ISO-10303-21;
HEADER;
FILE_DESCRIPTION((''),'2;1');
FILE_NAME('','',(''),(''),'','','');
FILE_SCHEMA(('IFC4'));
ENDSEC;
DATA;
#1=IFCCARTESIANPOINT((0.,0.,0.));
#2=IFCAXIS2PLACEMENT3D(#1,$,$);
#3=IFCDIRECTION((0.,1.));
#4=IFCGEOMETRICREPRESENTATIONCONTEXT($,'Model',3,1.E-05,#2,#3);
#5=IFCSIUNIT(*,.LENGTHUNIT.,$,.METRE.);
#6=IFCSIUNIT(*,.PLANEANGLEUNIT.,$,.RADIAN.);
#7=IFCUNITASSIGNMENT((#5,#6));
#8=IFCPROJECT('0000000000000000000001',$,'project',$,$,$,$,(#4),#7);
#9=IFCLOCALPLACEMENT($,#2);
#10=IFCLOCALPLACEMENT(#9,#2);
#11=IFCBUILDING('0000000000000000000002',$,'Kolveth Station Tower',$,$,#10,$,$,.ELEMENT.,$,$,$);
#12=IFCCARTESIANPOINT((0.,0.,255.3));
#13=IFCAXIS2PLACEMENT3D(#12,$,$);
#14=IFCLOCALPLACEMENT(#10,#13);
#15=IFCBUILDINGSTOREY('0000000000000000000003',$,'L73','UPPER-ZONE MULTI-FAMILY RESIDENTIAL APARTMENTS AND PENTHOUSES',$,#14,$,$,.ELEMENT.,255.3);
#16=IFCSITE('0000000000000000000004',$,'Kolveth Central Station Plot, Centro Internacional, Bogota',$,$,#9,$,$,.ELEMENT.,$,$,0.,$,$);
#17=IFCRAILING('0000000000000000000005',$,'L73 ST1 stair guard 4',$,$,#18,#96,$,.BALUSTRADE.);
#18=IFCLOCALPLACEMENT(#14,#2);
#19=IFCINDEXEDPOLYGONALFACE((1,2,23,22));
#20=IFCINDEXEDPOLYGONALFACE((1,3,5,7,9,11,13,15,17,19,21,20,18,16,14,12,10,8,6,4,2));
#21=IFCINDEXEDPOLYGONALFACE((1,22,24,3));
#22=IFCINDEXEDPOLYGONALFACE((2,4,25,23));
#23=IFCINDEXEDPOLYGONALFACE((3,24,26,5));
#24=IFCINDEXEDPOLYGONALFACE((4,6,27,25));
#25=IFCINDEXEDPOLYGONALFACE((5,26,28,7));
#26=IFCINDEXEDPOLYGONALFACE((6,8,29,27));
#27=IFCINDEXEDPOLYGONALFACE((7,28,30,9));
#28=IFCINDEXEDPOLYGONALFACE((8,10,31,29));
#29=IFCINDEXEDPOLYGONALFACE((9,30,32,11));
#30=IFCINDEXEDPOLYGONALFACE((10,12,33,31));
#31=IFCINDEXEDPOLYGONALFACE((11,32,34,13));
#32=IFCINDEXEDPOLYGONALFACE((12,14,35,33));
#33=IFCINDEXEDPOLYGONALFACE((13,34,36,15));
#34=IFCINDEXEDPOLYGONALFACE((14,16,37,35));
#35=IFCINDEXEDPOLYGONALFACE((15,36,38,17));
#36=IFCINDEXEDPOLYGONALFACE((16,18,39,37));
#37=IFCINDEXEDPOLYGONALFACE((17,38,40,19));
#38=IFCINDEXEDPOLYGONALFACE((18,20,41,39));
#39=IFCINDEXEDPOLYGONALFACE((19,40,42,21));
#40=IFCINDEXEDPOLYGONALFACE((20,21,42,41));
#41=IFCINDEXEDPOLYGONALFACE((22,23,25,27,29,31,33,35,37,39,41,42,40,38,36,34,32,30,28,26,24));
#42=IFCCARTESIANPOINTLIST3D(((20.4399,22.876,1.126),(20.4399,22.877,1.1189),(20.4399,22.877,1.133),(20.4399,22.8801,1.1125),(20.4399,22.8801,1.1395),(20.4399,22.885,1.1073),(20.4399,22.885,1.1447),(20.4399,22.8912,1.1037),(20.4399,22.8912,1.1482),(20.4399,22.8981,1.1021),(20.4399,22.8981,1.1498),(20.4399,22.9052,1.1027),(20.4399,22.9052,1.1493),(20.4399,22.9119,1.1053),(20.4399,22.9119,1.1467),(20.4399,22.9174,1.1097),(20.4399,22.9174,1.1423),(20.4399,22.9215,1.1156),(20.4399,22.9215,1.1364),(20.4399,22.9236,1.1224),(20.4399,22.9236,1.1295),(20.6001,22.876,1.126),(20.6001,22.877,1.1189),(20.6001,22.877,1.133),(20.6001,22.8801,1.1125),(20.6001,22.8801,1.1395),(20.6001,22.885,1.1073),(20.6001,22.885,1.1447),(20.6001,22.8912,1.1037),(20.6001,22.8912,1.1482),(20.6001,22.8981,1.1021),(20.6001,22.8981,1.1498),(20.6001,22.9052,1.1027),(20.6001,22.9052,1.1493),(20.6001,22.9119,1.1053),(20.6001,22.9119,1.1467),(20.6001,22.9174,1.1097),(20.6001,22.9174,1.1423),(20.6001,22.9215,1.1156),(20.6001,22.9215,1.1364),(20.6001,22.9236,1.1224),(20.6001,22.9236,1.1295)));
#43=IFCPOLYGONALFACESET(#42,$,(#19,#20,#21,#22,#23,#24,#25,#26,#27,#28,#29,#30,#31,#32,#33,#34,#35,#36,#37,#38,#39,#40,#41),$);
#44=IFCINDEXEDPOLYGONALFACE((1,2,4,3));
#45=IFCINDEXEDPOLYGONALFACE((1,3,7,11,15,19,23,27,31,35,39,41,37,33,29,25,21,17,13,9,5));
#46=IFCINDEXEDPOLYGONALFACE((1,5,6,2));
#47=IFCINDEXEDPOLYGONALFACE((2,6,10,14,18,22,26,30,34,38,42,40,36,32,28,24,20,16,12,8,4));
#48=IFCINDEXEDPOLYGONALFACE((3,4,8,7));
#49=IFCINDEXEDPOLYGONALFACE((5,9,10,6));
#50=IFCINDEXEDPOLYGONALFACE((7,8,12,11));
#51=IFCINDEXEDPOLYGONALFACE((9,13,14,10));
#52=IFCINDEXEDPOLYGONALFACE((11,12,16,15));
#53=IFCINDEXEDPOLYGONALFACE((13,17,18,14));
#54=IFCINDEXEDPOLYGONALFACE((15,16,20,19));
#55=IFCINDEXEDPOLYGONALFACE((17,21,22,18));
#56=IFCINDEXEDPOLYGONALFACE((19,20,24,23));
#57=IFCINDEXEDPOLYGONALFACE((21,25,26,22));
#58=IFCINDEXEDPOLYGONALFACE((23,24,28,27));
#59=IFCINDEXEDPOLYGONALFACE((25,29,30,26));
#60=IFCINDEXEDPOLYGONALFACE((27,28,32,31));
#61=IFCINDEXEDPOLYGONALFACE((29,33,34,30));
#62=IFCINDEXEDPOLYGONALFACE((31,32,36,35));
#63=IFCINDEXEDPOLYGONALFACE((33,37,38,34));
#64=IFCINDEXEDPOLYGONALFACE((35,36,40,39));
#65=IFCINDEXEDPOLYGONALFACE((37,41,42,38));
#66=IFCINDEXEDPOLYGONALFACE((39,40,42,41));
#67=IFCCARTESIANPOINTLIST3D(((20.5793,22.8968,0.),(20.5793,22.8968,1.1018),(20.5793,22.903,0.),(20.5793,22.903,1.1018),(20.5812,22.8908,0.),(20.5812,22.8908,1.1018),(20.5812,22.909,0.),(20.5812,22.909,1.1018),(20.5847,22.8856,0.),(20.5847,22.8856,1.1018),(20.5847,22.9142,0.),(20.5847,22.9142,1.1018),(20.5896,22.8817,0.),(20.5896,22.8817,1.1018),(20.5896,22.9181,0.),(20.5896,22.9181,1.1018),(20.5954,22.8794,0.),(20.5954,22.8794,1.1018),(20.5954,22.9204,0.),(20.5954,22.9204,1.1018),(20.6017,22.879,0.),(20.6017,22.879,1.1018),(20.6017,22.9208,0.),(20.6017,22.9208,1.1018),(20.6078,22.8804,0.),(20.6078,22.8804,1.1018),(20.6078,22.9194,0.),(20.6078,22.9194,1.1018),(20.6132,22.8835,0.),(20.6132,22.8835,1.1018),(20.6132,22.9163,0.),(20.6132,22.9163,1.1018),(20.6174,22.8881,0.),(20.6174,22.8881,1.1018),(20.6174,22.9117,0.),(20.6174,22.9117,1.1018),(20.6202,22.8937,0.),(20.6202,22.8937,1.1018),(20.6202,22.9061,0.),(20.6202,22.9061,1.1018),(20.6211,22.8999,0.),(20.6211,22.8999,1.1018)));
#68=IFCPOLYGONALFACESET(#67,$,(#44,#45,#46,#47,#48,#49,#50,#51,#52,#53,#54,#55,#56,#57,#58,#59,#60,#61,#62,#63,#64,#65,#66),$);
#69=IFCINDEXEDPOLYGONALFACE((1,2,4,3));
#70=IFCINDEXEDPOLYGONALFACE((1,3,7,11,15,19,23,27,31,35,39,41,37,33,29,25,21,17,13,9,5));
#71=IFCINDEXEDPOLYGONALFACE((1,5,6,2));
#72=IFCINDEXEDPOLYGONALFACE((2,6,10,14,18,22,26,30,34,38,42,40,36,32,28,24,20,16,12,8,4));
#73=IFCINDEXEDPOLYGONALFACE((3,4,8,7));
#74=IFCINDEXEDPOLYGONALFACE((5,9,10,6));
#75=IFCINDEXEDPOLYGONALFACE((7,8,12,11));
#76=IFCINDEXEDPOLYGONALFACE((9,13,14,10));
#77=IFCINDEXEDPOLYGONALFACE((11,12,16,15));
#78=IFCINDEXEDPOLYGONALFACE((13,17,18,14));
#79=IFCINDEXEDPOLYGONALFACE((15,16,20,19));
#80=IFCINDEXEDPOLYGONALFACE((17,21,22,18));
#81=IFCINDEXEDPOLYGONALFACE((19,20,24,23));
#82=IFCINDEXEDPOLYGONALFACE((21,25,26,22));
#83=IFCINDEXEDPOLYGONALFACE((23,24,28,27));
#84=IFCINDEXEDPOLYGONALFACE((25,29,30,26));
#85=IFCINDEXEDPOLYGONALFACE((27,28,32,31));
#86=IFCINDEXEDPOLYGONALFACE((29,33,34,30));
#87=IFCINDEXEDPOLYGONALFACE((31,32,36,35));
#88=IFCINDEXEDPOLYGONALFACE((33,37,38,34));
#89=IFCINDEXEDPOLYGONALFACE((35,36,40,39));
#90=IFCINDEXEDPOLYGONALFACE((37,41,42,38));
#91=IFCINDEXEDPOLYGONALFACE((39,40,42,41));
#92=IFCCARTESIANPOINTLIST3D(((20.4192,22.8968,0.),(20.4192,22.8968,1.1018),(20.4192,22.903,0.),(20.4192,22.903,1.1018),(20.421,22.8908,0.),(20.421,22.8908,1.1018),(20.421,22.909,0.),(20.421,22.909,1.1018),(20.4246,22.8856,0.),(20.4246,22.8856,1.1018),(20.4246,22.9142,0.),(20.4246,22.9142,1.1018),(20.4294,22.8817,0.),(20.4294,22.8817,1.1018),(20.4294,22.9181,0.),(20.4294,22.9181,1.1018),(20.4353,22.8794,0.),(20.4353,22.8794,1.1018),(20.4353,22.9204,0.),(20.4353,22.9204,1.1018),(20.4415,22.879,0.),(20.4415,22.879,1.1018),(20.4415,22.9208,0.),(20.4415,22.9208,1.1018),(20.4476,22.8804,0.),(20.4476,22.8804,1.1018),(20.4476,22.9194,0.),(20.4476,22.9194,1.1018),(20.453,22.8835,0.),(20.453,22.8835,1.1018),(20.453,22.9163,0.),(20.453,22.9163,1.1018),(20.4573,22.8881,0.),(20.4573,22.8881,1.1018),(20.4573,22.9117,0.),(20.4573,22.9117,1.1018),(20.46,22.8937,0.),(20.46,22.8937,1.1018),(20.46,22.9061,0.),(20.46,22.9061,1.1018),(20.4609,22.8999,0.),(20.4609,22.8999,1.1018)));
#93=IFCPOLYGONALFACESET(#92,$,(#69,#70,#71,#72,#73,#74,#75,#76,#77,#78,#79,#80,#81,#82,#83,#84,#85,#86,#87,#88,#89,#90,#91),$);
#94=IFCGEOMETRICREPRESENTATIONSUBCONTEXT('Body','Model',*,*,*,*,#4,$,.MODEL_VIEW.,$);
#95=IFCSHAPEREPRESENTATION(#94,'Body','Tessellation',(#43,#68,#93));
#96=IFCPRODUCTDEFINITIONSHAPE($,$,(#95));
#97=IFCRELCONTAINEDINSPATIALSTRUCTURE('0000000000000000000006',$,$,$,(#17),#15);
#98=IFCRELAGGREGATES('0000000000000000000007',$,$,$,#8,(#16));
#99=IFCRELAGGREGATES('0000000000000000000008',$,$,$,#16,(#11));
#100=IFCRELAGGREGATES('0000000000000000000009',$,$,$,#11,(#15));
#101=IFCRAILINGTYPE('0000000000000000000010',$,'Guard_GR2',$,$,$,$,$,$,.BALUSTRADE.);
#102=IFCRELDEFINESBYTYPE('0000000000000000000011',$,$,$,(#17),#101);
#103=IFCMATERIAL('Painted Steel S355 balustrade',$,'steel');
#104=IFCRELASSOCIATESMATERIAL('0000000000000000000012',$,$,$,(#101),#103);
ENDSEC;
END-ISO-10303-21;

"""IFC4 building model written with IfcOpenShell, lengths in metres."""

from ifc_helpers import new_model, si_unit, direction, frame, origin, origin_2d, place, context, subcontext, project, spatial, circle, extrude, material, type_object, element, save


model = new_model("IFC4")

# Units and contexts
model_context = context("Model", 3, precision=1e-05, world=origin(), true_north=direction((0.0, 1.0)))
body_context = subcontext(model_context, "Body", "Model", "MODEL_VIEW")
ifc_project = project(units=[si_unit("LENGTHUNIT", "METRE"), si_unit("PLANEANGLEUNIT", "RADIAN")], contexts=[model_context])

# Site, building, storey
site_placement = place(None, origin())
site = spatial("IfcSite", under=ifc_project, at=site_placement, Name="Kolveth Central Station Plot, Centro Internacional, Bogota", CompositionType="ELEMENT", RefElevation=0.0)
building_placement = place(site_placement, origin())
building = spatial("IfcBuilding", under=site, at=building_placement, Name="Kolveth Station Tower", CompositionType="ELEMENT")
storey_placement = place(building_placement, frame((0.0, 0.0, 255.3)))
storey = spatial("IfcBuildingStorey", under=building, at=storey_placement, Name="L73", Description="UPPER-ZONE MULTI-FAMILY RESIDENTIAL APARTMENTS AND PENTHOUSES", CompositionType="ELEMENT", Elevation=255.3)

# Railing
ifc_material_1 = material(Name="Painted Steel S355 balustrade", Category="steel")
railing_type_1 = type_object("IfcRailingType", Name="Guard_GR2", PredefinedType="BALUSTRADE", material=ifc_material_1)
railing_1_placement = place(storey_placement, frame((20.6001, 22.8999, 0.0)))
element("IfcRailing", 1, at=railing_1_placement, inside=storey, type_object=railing_type_1, Name="L73 ST1 stair guard 4", PredefinedType="BALUSTRADE", context=body_context, shape_type="SweptSolid", body=[
    extrude(circle(Radius=0.0239, at=origin_2d()), frame((0.0, 0.0, 1.126), z_axis=(-1.0, 0.0, 0.0), x_axis=(0.0, -1.0, 0.0)), (0.0, 0.0, 1.0), 0.1602),
    extrude(circle(Radius=0.021, at=origin_2d()), origin(), (0.0, 0.0, 1.0), 1.1018),
    extrude(circle(Radius=0.021, at=origin_2d()), frame((-0.1602, 0.0, 0.0)), (0.0, 0.0, 1.0), 1.1018),
])

save(model, "model.ifc")
